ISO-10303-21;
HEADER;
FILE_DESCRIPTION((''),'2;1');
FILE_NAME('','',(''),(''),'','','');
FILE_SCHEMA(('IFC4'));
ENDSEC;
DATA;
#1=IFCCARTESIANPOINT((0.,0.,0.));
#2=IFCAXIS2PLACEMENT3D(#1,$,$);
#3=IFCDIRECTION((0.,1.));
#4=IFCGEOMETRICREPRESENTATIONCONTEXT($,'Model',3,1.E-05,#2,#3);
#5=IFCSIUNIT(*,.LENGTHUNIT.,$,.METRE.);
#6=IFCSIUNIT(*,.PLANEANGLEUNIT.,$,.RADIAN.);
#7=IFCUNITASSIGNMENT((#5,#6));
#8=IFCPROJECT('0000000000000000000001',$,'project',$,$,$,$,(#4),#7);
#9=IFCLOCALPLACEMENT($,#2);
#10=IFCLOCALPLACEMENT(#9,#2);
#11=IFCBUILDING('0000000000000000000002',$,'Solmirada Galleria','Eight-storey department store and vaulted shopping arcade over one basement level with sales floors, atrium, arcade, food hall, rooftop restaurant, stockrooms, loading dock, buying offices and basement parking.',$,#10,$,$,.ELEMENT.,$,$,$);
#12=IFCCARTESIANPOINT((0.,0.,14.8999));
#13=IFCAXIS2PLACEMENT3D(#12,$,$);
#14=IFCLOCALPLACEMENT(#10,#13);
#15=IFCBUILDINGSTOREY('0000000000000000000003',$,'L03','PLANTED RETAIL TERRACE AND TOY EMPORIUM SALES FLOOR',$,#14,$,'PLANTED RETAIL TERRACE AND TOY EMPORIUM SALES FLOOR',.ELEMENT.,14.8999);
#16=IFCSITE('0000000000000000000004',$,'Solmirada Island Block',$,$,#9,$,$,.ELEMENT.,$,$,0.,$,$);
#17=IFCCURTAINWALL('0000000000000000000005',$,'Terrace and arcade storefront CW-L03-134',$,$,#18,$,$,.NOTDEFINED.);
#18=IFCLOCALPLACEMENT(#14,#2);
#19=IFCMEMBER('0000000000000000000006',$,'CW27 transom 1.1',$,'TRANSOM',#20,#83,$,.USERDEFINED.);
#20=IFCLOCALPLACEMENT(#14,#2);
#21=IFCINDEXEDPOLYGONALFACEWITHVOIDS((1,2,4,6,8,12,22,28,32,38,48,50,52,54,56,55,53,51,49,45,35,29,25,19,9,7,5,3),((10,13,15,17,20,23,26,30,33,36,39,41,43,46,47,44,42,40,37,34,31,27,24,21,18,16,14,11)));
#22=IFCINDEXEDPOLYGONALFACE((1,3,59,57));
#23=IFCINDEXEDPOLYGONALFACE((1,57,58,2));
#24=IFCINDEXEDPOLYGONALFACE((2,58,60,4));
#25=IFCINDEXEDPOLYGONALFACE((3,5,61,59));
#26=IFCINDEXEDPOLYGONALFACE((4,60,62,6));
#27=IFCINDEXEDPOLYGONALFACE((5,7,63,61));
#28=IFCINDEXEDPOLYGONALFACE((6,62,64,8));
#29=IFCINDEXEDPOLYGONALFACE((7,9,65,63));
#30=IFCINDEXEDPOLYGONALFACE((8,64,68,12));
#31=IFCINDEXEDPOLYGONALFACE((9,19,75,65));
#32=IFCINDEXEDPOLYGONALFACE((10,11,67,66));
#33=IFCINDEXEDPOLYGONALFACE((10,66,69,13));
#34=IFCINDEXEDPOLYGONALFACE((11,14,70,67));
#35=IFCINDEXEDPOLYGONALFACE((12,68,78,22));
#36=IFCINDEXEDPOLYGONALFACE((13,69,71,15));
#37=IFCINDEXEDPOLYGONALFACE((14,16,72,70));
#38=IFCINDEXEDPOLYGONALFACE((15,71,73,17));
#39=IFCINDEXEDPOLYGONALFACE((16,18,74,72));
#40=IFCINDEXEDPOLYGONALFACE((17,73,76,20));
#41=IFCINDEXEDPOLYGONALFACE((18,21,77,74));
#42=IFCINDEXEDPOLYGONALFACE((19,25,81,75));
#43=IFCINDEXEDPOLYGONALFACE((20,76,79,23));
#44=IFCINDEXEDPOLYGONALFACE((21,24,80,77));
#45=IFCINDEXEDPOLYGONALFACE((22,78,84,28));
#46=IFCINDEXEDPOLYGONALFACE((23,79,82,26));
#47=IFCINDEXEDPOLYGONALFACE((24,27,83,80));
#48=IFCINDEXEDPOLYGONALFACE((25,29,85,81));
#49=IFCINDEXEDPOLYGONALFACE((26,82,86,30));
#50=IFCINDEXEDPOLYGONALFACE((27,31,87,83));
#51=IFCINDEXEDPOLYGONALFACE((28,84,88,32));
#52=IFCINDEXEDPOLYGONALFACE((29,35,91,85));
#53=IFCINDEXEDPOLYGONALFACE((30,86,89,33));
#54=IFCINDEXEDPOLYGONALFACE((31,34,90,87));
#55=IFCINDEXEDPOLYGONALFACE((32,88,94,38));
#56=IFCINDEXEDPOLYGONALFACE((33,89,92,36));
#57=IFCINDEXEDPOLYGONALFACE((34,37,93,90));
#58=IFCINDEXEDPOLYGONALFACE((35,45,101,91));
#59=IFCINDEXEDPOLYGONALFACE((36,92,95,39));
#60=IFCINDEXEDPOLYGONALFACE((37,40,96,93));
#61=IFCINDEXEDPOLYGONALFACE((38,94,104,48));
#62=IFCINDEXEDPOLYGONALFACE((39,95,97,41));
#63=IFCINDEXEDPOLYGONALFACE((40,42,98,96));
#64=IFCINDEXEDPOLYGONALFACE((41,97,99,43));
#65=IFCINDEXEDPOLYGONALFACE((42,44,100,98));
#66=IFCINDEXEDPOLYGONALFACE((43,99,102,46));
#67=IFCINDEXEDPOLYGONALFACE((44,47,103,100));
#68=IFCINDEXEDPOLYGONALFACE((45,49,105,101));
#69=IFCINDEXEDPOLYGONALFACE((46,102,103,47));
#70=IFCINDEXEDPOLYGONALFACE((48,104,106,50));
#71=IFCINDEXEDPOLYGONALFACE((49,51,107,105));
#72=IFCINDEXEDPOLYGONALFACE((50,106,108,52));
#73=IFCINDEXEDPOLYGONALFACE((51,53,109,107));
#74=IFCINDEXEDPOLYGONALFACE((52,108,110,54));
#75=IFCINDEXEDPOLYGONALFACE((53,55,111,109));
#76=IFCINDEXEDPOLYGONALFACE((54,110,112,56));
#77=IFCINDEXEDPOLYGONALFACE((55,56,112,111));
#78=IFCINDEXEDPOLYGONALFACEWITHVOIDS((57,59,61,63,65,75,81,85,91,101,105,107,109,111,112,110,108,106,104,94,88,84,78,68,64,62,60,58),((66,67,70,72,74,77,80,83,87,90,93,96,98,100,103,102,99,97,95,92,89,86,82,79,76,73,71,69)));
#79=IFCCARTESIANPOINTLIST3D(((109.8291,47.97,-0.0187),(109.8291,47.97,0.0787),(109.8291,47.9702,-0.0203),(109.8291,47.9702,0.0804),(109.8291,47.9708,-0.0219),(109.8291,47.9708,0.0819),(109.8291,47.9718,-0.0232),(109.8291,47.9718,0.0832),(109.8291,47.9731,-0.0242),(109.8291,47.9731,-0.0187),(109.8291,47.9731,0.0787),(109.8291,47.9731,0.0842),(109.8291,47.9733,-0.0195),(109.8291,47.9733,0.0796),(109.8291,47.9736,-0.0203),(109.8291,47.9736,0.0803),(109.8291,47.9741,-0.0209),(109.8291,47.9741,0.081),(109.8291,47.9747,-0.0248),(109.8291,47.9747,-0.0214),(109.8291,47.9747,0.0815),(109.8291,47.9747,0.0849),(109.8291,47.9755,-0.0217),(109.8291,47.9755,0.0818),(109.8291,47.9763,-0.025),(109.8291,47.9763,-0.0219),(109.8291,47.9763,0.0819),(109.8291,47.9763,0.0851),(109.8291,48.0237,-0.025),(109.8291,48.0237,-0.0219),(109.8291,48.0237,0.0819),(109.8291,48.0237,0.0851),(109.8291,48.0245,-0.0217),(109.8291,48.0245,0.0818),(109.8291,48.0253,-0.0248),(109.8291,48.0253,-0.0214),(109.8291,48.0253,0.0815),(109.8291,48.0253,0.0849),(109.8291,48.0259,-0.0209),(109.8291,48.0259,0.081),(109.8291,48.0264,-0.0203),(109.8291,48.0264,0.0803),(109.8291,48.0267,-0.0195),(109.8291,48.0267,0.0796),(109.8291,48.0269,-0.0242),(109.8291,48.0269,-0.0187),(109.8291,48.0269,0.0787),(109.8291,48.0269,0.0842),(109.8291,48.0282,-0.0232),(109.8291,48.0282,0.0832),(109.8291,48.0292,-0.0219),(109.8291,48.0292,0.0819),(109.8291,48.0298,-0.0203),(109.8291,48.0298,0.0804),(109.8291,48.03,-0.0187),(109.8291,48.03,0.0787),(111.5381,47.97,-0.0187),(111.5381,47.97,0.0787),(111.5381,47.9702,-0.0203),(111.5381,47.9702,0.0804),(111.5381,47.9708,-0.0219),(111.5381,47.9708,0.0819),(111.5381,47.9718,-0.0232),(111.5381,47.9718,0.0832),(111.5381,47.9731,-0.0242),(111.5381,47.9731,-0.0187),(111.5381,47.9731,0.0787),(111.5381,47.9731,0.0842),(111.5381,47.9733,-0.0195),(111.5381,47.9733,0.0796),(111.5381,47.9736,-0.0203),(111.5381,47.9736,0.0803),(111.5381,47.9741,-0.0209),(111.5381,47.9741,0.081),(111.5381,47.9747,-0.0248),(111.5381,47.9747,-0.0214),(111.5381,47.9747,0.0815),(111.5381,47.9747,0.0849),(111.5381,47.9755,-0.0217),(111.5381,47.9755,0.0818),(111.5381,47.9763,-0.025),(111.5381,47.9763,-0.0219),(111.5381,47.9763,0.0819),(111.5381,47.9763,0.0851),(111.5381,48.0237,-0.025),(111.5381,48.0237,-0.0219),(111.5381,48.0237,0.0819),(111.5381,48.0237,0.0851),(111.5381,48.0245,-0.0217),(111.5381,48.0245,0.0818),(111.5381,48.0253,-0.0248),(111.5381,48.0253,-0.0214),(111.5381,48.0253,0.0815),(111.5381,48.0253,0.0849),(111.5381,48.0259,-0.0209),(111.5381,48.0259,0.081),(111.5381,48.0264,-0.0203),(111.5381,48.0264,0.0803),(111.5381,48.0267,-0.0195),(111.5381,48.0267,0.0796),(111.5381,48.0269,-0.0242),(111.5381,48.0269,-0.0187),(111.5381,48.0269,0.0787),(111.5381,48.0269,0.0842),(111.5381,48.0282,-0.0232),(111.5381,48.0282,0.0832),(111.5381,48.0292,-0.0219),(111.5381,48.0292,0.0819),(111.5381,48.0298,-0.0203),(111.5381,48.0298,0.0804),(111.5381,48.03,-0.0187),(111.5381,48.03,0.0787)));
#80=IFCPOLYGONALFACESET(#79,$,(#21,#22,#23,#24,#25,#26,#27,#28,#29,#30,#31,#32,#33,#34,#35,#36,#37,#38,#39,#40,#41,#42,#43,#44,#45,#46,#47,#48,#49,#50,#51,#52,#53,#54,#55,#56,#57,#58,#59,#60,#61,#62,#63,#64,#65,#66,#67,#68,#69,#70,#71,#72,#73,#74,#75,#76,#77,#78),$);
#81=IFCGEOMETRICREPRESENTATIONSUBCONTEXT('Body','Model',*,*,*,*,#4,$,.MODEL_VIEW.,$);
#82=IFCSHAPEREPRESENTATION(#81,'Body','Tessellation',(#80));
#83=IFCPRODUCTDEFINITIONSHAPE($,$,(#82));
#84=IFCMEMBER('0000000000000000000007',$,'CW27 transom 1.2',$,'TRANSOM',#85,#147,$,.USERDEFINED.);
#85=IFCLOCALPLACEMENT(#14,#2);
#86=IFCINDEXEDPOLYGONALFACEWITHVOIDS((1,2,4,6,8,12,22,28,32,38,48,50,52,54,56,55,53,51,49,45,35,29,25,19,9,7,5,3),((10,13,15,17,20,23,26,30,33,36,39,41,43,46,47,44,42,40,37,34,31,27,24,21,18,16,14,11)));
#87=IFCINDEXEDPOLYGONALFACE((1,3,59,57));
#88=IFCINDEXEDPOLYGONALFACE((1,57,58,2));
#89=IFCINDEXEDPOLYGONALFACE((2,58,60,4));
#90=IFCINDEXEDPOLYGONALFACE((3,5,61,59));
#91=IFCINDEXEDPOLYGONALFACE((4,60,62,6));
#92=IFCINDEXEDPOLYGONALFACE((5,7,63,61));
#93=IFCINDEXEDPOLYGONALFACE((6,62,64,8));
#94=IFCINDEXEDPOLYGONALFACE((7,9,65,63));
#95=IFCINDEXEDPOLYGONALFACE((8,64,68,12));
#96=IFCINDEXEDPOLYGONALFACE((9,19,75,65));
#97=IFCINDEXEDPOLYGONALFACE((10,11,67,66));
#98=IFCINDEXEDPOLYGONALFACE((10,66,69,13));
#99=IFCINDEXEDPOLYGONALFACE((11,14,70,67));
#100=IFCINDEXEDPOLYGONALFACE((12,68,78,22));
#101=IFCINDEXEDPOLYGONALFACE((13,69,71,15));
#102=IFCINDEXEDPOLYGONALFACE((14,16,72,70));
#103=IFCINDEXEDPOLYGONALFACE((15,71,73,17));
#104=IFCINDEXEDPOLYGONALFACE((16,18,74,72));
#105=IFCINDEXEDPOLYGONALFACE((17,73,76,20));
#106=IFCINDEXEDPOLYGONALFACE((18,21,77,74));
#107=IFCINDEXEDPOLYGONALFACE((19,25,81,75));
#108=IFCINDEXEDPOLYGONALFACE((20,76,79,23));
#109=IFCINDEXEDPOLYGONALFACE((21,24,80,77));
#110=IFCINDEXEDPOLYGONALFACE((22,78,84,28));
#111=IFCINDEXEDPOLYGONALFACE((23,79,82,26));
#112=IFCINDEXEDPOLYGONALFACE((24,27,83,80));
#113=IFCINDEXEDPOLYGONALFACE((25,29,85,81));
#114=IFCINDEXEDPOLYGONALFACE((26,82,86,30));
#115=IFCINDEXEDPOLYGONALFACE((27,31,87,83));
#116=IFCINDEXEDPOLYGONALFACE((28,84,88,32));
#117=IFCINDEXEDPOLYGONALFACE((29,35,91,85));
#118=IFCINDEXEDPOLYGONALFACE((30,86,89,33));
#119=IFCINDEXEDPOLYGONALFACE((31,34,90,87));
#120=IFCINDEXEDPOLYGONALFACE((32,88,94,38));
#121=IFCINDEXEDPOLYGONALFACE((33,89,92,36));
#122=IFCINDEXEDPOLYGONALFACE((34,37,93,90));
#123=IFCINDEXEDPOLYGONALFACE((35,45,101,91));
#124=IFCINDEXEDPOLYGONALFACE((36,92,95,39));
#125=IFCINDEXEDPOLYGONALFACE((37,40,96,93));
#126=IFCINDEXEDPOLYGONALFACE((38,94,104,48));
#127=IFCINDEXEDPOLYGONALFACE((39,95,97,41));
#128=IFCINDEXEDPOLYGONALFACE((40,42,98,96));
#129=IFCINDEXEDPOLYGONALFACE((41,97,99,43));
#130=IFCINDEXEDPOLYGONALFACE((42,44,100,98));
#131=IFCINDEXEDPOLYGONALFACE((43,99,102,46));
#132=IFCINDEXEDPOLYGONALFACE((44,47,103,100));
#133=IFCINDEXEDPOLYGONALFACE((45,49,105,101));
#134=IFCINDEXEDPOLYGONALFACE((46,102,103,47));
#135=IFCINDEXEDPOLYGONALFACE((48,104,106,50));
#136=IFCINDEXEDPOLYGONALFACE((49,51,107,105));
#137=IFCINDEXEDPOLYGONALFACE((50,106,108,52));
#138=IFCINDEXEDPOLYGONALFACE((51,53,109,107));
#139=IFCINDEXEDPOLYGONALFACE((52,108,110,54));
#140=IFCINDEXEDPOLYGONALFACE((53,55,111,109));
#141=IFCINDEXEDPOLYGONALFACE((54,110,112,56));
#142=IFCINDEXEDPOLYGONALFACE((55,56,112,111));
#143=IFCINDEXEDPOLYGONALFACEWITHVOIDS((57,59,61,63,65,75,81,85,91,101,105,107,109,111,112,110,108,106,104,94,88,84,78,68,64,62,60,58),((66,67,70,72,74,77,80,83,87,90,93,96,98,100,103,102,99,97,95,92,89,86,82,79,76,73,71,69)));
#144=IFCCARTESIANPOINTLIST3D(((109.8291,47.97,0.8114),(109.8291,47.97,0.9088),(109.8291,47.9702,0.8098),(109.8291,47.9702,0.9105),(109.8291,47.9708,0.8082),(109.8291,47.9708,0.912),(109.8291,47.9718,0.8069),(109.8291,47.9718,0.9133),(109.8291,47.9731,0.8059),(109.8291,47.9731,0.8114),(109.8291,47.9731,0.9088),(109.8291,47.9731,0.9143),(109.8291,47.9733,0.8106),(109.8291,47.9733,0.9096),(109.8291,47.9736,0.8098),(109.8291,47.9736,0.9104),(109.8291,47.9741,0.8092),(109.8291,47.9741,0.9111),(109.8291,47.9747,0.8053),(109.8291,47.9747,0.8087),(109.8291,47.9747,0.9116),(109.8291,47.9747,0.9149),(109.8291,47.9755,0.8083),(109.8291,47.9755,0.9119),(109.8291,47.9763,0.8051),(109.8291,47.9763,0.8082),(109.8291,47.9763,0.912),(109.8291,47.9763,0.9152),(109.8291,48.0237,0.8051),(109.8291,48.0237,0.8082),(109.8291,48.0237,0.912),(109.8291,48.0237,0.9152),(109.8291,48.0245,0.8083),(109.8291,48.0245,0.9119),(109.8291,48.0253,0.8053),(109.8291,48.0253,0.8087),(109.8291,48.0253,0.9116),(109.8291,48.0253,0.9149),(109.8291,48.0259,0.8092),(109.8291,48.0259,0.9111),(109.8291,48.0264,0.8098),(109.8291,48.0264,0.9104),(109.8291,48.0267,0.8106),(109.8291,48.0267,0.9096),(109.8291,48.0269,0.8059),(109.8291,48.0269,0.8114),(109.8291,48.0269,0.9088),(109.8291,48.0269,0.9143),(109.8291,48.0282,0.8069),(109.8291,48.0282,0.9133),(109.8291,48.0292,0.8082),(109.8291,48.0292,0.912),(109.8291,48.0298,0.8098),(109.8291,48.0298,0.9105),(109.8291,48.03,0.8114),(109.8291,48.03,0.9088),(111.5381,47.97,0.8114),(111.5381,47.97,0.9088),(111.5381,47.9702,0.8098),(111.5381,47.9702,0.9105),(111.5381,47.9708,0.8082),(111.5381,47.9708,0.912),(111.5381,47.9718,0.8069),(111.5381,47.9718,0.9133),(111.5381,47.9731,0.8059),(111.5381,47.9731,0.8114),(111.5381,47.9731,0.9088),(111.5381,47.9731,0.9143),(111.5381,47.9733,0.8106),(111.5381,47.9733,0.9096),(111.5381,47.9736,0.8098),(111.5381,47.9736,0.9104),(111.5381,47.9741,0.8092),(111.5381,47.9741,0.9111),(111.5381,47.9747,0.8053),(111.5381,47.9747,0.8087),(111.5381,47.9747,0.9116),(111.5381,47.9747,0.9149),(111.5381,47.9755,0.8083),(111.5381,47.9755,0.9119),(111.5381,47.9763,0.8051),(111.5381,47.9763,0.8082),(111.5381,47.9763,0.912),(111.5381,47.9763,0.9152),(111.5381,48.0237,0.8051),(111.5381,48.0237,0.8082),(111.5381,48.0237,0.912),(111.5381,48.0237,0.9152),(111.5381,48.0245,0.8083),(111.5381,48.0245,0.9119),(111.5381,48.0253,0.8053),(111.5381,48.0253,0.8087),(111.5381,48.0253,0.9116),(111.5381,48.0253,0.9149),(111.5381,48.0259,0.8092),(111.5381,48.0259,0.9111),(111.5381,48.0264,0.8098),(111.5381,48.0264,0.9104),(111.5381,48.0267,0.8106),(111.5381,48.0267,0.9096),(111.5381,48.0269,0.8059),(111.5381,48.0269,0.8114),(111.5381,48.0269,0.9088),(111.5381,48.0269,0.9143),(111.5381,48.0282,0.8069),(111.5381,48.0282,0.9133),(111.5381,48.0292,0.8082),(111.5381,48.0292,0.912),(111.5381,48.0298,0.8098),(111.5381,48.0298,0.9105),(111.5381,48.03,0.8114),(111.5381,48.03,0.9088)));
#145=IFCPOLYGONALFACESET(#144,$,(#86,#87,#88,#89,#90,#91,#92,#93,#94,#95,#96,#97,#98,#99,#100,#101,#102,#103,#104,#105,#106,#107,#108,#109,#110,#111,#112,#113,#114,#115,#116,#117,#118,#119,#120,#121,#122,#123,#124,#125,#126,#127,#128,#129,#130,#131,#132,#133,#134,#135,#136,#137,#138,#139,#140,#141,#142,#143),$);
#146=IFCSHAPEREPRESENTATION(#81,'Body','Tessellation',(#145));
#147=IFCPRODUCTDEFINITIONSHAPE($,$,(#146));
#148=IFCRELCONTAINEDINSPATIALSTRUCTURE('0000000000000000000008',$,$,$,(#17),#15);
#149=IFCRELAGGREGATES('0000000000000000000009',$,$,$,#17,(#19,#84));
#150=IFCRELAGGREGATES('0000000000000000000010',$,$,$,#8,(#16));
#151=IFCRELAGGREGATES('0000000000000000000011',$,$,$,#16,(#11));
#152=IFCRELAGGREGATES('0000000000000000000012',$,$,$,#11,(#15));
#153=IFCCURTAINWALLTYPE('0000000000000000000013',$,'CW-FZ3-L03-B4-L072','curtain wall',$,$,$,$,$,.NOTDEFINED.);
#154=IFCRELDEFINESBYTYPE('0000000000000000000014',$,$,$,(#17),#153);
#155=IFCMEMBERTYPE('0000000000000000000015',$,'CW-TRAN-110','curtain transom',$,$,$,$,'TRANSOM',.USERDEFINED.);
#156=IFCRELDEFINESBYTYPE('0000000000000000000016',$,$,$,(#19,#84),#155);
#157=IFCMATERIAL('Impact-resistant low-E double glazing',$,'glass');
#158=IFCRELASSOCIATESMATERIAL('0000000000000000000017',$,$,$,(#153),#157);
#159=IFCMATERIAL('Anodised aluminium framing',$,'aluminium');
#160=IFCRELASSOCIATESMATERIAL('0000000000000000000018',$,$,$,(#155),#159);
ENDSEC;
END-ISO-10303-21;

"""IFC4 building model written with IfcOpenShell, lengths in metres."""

from ifc_helpers import new_model, si_unit, direction, frame, origin, origin_2d, place, context, subcontext, project, spatial, hollow_rectangle, extrude, material, material_profile, profile_set, type_object, element, aggregate, save


model = new_model("IFC4")

# Units and contexts
model_context = context("Model", 3, precision=1e-05, world=origin(), true_north=direction((0.0, 1.0)))
body_context = subcontext(model_context, "Body", "Model", "MODEL_VIEW")
ifc_project = project(units=[si_unit("LENGTHUNIT", "METRE"), si_unit("PLANEANGLEUNIT", "RADIAN")], contexts=[model_context])

# Site, building, storey
site_placement = place(None, origin())
site = spatial("IfcSite", under=ifc_project, at=site_placement, Name="Solmirada Island Block", CompositionType="ELEMENT", RefElevation=0.0)
building_placement = place(site_placement, origin())
building = spatial("IfcBuilding", under=site, at=building_placement, Name="Solmirada Galleria", Description="Eight-storey department store and vaulted shopping arcade over one basement level with sales floors, atrium, arcade, food hall, rooftop restaurant, stockrooms, loading dock, buying offices and basement parking.", CompositionType="ELEMENT")
storey_placement = place(building_placement, frame((0.0, 0.0, 14.8999)))
storey = spatial("IfcBuildingStorey", under=building, at=storey_placement, Name="L03", Description="PLANTED RETAIL TERRACE AND TOY EMPORIUM SALES FLOOR", LongName="PLANTED RETAIL TERRACE AND TOY EMPORIUM SALES FLOOR", CompositionType="ELEMENT", Elevation=14.8999)

# Curtain wall
ifc_material_1 = material(Name="Impact-resistant low-E double glazing", Category="glass")
curtain_wall_type = type_object("IfcCurtainWallType", Name="CW-FZ3-L03-B4-L072", Description="curtain wall", PredefinedType="NOTDEFINED", material=ifc_material_1)
ifc_material_2 = material(Name="Anodised aluminium framing", Category="aluminium")
curtain_wall_1_placement = place(storey_placement, origin())
curtain_wall_1 = element("IfcCurtainWall", 1, at=curtain_wall_1_placement, inside=storey, type_object=curtain_wall_type, Name="Terrace and arcade storefront CW-L03-134", PredefinedType="NOTDEFINED")

# Members
ifc_material_profile_1 = material_profile(ifc_material_2, hollow_rectangle(XDim=0.0601, YDim=0.1101, WallThickness=0.0032, InnerFilletRadius=0.0032, OuterFilletRadius=0.0063, at=origin_2d()), Name="ALU-TRAN-110X60")
ifc_profile_set_1 = profile_set([ifc_material_profile_1], Name="Anodised aluminium framing")
member_type_1 = type_object("IfcMemberType", Name="CW-TRAN-110", Description="curtain transom", ElementType="TRANSOM", PredefinedType="USERDEFINED", material=ifc_profile_set_1)
member_1_placement = place(storey_placement, frame((111.5381, 48.0, 0.03), z_axis=(-1.0, 0.0, 0.0), x_axis=(0.0, -1.0, 0.0)))
member_1 = element("IfcMember", 2, at=member_1_placement, type_object=member_type_1, Name="CW27 transom 1.1", ObjectType="TRANSOM", PredefinedType="USERDEFINED", context=body_context, shape_type="SweptSolid", body=[
    extrude(hollow_rectangle(XDim=0.0601, YDim=0.1101, WallThickness=0.0032, InnerFilletRadius=0.0032, OuterFilletRadius=0.0063, at=origin_2d()), origin(), (0.0, 0.0, 1.0), 1.709),
])
member_2_placement = place(storey_placement, frame((111.5381, 48.0, 0.8601), z_axis=(-1.0, 0.0, 0.0), x_axis=(0.0, -1.0, 0.0)))
member_2 = element("IfcMember", 3, at=member_2_placement, type_object=member_type_1, Name="CW27 transom 1.2", ObjectType="TRANSOM", PredefinedType="USERDEFINED", context=body_context, shape_type="SweptSolid", body=[
    extrude(hollow_rectangle(XDim=0.0601, YDim=0.1101, WallThickness=0.0032, InnerFilletRadius=0.0032, OuterFilletRadius=0.0063, at=origin_2d()), origin(), (0.0, 0.0, 1.0), 1.709),
])

aggregate(curtain_wall_1, [member_1, member_2])

save(model, "model.ifc")
